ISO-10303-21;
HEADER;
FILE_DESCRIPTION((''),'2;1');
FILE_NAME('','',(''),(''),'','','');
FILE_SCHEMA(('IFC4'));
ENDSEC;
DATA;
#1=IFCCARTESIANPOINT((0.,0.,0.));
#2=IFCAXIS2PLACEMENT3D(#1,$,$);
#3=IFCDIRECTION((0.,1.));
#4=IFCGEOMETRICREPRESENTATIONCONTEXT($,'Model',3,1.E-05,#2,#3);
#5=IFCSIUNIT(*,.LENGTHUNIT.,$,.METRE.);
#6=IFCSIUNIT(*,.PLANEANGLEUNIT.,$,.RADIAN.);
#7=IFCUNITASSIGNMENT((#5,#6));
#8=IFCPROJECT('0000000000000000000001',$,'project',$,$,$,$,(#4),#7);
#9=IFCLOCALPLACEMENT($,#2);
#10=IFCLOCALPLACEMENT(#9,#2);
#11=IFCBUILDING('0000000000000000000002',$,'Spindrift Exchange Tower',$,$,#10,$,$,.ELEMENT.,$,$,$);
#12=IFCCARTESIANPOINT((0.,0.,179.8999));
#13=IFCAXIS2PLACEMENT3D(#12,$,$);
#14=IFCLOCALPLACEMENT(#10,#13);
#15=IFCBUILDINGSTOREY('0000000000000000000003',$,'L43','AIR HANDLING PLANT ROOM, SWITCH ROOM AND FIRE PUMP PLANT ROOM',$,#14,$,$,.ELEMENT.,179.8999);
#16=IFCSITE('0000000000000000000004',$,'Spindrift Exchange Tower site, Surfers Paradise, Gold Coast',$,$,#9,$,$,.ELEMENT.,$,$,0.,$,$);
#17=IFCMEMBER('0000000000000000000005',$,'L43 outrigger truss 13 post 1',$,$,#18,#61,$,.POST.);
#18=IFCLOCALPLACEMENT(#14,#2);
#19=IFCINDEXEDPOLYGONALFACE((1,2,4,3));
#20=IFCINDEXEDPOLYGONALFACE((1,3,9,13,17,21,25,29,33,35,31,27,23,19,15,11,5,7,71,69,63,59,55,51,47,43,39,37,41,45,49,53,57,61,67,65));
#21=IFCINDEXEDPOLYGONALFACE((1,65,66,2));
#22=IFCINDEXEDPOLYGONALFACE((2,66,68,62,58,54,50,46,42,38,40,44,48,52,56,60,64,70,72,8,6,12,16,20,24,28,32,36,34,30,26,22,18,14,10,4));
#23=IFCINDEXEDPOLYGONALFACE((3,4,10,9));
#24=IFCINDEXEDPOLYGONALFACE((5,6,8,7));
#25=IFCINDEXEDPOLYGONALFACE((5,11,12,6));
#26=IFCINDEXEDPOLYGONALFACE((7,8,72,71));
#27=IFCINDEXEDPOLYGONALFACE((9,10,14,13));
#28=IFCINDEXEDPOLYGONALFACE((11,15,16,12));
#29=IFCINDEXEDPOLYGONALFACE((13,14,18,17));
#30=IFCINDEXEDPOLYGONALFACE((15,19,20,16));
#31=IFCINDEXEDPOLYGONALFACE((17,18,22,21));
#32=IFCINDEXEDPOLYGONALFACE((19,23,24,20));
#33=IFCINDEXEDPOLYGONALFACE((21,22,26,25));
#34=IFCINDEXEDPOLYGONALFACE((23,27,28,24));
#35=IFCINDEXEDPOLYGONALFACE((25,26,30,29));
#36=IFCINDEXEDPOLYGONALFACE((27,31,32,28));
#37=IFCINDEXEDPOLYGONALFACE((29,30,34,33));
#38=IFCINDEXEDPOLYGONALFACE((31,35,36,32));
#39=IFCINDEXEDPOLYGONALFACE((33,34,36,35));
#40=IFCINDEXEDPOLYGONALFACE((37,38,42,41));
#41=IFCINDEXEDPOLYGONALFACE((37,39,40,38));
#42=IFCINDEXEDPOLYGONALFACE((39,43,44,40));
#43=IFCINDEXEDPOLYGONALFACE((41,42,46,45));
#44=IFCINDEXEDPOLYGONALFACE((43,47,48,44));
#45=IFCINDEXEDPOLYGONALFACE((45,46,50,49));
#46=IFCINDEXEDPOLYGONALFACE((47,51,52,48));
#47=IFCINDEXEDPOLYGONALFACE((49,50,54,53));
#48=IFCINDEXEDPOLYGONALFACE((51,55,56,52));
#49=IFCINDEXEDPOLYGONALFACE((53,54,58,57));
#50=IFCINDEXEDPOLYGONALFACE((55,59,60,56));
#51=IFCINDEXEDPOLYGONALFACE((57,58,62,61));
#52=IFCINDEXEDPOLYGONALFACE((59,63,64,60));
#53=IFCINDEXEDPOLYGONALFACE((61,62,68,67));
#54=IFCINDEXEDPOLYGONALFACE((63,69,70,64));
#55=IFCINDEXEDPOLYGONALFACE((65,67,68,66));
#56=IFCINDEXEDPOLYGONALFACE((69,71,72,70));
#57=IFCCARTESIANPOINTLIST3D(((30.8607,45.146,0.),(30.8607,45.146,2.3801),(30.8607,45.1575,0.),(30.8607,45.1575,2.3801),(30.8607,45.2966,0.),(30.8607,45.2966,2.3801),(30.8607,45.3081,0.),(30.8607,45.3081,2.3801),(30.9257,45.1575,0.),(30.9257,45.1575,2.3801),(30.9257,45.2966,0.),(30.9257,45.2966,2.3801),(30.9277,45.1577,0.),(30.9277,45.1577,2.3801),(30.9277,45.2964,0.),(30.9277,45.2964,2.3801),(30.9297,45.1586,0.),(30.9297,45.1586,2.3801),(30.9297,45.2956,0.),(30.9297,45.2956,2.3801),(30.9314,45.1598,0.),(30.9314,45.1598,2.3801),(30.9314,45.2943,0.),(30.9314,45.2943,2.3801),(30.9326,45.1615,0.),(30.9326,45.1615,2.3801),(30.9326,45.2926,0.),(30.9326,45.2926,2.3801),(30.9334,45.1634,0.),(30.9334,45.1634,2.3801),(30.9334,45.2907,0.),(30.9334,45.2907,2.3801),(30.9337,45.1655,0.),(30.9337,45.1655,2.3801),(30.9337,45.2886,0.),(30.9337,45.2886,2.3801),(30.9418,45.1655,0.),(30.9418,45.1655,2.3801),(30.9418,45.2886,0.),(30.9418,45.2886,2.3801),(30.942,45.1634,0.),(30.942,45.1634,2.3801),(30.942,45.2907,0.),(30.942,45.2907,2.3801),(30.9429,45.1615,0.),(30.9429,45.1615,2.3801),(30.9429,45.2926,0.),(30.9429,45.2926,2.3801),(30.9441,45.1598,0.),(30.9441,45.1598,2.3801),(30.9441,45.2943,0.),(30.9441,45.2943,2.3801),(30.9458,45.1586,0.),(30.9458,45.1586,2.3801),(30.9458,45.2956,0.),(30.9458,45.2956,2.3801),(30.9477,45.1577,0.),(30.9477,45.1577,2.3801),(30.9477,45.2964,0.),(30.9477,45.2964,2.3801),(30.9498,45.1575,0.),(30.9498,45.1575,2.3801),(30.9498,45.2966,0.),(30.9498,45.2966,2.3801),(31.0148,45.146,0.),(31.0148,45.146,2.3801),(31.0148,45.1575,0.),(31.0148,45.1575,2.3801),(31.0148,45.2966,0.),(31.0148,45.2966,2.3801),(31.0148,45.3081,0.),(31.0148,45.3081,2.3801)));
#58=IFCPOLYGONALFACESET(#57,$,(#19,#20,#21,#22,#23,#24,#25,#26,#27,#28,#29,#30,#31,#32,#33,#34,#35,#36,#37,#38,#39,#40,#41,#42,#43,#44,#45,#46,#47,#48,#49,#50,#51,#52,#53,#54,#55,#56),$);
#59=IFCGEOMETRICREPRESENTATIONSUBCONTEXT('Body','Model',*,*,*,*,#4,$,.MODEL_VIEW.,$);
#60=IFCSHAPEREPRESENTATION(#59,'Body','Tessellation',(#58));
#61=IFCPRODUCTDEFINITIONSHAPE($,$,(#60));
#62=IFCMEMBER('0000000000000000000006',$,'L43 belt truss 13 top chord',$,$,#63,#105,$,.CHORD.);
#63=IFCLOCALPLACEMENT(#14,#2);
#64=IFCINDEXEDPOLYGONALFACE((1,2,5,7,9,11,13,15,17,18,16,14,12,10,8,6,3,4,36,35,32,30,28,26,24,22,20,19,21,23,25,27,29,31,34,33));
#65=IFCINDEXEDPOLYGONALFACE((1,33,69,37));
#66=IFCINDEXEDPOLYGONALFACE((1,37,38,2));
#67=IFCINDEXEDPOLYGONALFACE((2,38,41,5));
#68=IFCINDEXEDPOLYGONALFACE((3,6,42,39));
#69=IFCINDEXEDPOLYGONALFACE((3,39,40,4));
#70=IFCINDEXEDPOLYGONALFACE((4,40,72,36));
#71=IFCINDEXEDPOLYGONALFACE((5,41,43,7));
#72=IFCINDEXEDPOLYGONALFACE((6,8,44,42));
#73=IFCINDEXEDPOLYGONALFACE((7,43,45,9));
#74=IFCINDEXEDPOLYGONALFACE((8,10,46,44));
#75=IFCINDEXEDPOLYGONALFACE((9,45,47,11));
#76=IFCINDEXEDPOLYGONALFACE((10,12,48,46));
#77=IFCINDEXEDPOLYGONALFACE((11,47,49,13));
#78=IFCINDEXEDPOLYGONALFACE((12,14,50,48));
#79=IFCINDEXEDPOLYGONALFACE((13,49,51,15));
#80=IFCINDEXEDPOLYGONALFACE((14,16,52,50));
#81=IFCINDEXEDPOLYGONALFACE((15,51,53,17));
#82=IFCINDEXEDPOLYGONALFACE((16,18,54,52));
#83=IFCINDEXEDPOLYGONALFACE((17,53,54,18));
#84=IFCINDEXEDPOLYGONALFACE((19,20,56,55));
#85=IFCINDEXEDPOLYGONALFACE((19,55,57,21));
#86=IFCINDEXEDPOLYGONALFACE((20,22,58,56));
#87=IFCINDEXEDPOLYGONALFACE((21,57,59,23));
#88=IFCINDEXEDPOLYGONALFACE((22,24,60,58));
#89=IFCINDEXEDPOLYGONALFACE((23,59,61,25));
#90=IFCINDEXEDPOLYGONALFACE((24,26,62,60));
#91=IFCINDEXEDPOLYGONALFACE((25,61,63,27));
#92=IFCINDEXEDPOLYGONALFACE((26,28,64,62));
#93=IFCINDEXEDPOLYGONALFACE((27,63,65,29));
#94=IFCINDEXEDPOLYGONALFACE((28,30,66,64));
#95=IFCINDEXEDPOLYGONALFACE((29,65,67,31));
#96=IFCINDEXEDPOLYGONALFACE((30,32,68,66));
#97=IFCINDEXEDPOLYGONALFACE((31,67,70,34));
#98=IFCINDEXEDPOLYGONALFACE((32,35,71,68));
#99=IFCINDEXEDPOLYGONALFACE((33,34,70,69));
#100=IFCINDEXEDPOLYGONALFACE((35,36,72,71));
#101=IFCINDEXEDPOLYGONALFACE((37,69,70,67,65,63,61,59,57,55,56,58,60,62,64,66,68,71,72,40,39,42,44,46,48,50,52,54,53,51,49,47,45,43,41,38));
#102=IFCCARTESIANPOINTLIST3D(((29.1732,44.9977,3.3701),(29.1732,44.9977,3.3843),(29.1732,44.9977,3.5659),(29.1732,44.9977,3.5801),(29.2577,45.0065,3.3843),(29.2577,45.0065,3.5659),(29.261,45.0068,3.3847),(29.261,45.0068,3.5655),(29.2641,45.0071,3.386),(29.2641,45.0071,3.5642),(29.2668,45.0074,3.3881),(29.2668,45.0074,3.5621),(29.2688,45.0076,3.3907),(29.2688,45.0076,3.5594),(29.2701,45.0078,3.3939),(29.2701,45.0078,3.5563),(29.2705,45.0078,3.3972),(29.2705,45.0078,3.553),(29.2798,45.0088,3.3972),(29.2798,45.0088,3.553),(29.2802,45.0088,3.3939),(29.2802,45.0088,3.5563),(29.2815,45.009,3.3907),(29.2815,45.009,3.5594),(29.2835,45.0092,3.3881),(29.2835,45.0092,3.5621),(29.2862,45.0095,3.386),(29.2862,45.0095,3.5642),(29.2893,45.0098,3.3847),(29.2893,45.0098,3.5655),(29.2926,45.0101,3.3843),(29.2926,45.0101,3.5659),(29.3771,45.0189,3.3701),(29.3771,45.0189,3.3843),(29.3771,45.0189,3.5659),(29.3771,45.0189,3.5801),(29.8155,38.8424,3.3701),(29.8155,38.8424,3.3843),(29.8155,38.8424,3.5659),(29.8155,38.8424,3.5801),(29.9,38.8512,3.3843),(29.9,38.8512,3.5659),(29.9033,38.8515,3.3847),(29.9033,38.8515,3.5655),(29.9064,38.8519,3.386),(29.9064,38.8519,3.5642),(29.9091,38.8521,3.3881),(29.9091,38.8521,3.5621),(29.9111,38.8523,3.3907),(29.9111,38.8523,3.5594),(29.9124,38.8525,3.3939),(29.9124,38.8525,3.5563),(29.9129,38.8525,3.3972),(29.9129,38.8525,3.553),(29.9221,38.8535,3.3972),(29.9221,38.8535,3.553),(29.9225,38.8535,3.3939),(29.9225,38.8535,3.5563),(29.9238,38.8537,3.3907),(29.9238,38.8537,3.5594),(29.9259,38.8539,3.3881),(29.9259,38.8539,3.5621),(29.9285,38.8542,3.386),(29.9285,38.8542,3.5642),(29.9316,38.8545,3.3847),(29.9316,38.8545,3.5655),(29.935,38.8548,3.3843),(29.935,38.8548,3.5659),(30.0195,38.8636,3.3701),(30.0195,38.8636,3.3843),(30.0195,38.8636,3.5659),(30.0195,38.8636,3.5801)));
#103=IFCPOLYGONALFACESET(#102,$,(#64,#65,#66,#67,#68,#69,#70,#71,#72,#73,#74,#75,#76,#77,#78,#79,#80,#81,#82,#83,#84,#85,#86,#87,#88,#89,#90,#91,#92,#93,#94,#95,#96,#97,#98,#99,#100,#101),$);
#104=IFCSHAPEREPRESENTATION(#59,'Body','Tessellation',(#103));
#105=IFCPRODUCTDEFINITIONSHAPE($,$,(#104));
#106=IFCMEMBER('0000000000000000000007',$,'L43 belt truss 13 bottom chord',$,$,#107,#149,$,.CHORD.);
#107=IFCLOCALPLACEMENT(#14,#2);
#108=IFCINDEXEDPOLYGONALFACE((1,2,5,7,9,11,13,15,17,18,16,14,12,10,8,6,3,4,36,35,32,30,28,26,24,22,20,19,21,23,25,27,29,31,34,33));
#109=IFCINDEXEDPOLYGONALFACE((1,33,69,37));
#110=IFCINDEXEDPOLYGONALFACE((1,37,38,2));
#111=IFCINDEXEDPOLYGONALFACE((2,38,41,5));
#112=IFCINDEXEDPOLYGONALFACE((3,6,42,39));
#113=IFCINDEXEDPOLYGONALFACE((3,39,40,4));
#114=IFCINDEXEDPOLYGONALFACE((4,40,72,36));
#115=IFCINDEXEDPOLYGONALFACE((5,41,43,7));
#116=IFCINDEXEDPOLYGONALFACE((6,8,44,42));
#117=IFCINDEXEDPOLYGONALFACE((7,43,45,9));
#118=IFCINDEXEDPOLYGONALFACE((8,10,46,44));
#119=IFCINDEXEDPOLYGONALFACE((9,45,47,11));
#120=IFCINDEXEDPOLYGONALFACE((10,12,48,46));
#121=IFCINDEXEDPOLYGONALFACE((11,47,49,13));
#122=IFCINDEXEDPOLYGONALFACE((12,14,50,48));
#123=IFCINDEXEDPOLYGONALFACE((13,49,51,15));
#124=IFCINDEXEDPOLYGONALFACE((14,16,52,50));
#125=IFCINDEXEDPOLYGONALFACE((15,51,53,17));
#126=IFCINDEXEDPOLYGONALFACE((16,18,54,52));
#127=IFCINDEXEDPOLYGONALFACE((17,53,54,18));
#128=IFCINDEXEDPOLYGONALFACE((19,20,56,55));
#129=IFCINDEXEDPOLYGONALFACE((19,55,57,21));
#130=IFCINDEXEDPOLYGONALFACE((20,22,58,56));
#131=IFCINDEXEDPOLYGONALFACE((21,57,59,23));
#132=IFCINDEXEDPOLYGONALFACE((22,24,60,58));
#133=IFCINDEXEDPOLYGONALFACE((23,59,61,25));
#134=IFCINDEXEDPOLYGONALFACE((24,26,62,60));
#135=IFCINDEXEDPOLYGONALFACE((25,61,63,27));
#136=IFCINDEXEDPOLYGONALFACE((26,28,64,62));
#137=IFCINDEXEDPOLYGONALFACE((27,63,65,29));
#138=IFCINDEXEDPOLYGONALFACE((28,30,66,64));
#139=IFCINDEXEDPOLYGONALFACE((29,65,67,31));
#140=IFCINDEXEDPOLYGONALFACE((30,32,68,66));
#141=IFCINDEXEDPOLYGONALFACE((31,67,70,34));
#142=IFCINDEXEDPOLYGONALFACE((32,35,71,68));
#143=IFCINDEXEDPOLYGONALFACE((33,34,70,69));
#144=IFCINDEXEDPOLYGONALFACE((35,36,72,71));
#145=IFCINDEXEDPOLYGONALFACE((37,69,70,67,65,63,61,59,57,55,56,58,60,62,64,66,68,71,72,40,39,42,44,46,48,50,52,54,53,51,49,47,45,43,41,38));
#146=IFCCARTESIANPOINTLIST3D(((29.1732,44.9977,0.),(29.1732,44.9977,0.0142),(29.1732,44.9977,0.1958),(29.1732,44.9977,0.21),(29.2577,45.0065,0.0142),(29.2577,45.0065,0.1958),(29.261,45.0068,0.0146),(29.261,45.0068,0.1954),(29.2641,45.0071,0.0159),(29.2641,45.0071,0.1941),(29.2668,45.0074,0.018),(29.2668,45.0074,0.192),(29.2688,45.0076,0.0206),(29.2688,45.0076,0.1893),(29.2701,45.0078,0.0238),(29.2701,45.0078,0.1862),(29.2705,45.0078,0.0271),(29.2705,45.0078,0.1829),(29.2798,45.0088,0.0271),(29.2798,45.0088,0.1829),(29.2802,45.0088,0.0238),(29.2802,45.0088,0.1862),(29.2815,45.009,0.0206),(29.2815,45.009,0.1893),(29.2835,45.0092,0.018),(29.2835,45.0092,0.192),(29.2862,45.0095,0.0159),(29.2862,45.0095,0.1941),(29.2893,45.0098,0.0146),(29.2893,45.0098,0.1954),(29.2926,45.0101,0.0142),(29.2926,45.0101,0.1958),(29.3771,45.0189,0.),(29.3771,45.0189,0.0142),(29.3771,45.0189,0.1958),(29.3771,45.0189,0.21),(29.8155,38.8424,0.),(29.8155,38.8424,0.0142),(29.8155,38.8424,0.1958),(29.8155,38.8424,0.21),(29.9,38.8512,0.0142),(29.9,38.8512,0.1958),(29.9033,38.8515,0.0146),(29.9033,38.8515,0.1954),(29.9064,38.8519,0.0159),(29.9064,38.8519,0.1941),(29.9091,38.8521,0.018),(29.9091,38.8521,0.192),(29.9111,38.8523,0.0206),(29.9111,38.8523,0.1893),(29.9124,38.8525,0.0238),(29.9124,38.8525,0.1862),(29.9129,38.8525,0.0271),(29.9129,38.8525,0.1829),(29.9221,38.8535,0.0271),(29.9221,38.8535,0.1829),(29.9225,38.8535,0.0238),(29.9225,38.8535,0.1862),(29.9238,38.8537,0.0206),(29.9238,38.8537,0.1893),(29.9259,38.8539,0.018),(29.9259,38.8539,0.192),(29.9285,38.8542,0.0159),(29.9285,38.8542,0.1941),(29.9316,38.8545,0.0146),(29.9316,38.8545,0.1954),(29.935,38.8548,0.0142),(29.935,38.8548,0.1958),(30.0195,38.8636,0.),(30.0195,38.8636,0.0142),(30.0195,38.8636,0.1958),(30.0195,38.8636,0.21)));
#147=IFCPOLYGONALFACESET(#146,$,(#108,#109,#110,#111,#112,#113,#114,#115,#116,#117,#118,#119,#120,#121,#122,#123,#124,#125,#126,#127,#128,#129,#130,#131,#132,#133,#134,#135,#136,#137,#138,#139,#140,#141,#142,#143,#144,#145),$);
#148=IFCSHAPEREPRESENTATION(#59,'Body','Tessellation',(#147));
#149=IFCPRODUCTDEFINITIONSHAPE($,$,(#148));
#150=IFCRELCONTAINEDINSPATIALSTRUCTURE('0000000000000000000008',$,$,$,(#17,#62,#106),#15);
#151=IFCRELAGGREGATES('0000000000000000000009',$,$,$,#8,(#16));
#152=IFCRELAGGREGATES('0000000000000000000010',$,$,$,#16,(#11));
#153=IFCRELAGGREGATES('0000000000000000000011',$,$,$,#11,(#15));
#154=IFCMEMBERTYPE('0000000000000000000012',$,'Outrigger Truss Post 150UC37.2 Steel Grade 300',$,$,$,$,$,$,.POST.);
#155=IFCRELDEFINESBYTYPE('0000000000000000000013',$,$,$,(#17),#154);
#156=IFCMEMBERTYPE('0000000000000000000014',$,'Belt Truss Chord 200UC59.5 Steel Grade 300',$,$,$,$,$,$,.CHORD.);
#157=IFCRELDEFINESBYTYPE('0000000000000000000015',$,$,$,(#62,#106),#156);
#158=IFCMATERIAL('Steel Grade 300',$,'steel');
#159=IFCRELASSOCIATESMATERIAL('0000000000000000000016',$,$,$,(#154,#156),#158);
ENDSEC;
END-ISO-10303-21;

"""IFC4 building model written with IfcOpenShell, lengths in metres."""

from ifc_helpers import new_model, si_unit, direction, frame, origin, origin_2d, place, context, subcontext, project, spatial, i_section, extrude, source, transform, mapped, material, material_profile, profile_set, type_object, element, save


model = new_model("IFC4")

# Units and contexts
model_context = context("Model", 3, precision=1e-05, world=origin(), true_north=direction((0.0, 1.0)))
body_context = subcontext(model_context, "Body", "Model", "MODEL_VIEW")
ifc_project = project(units=[si_unit("LENGTHUNIT", "METRE"), si_unit("PLANEANGLEUNIT", "RADIAN")], contexts=[model_context])

# Site, building, storey
site_placement = place(None, origin())
site = spatial("IfcSite", under=ifc_project, at=site_placement, Name="Spindrift Exchange Tower site, Surfers Paradise, Gold Coast", CompositionType="ELEMENT", RefElevation=0.0)
building_placement = place(site_placement, origin())
building = spatial("IfcBuilding", under=site, at=building_placement, Name="Spindrift Exchange Tower", CompositionType="ELEMENT")
storey_placement = place(building_placement, frame((0.0, 0.0, 179.8999)))
storey = spatial("IfcBuildingStorey", under=building, at=storey_placement, Name="L43", Description="AIR HANDLING PLANT ROOM, SWITCH ROOM AND FIRE PUMP PLANT ROOM", CompositionType="ELEMENT", Elevation=179.8999)

# Shared definitions
ifc_material_1 = material(Name="Steel Grade 300", Category="steel")

# Members
ifc_material_profile_1 = material_profile(ifc_material_1, i_section(OverallWidth=0.1541, OverallDepth=0.1621, WebThickness=0.0081, FlangeThickness=0.0115, FilletRadius=0.0081, at=origin_2d()), Name="150UC37.2")
ifc_profile_set_1 = profile_set([ifc_material_profile_1], Name="Steel Grade 300")
member_type_1 = type_object("IfcMemberType", Name="Outrigger Truss Post 150UC37.2 Steel Grade 300", PredefinedType="POST", material=ifc_profile_set_1)
shared_shape_1 = source(origin(), body_context, "Body", "SweptSolid", [
    extrude(i_section(OverallWidth=0.1541, OverallDepth=0.1621, WebThickness=0.0081, FlangeThickness=0.0115, FilletRadius=0.0081, at=origin_2d()), origin(), (0.0, 0.0, 1.0), 2.3801),
])
member_1_placement = place(storey_placement, frame((30.9377, 45.2271, 0.0), z_axis=(0.0, 0.0, 1.0), x_axis=(1.0, 0.0, 0.0)))
element("IfcMember", 1, at=member_1_placement, inside=storey, type_object=member_type_1, Name="L43 outrigger truss 13 post 1", PredefinedType="POST", context=body_context, shape_type="MappedRepresentation", body=[
    mapped(shared_shape_1, transform((0.0, 0.0, 0.0), scale=1.0)),
])
ifc_material_profile_2 = material_profile(ifc_material_1, i_section(OverallWidth=0.2051, OverallDepth=0.21, WebThickness=0.0093, FlangeThickness=0.0142, FilletRadius=0.0129, at=origin_2d()), Name="200UC59.5")
ifc_profile_set_2 = profile_set([ifc_material_profile_2], Name="Steel Grade 300")
member_type_2 = type_object("IfcMemberType", Name="Belt Truss Chord 200UC59.5 Steel Grade 300", PredefinedType="CHORD", material=ifc_profile_set_2)
shared_shape_2 = source(origin(), body_context, "Body", "SweptSolid", [
    extrude(i_section(OverallWidth=0.2051, OverallDepth=0.21, WebThickness=0.0093, FlangeThickness=0.0142, FilletRadius=0.0129, at=origin_2d()), origin(), (0.0, 0.0, 1.0), 6.1887),
])
for number, where, z_axis, x_axis, name in (
    (2, (29.2751, 45.0083, 3.4751), (0.103791, -0.994599, 0.0), (0.994599, 0.103791, 0.0), "L43 belt truss 13 top chord"),
    (3, (29.2751, 45.0083, 0.105), (0.103791, -0.994599, 0.0), (0.994599, 0.103791, 0.0), "L43 belt truss 13 bottom chord"),
):
    element("IfcMember", number, at=place(storey_placement, frame(where, z_axis=z_axis, x_axis=x_axis)), inside=storey, type_object=member_type_2, Name=name, PredefinedType="CHORD", context=body_context, shape_type="MappedRepresentation", body=[
        mapped(shared_shape_2, transform((0.0, 0.0, 0.0), scale=1.0)),
    ])

save(model, "model.ifc")
